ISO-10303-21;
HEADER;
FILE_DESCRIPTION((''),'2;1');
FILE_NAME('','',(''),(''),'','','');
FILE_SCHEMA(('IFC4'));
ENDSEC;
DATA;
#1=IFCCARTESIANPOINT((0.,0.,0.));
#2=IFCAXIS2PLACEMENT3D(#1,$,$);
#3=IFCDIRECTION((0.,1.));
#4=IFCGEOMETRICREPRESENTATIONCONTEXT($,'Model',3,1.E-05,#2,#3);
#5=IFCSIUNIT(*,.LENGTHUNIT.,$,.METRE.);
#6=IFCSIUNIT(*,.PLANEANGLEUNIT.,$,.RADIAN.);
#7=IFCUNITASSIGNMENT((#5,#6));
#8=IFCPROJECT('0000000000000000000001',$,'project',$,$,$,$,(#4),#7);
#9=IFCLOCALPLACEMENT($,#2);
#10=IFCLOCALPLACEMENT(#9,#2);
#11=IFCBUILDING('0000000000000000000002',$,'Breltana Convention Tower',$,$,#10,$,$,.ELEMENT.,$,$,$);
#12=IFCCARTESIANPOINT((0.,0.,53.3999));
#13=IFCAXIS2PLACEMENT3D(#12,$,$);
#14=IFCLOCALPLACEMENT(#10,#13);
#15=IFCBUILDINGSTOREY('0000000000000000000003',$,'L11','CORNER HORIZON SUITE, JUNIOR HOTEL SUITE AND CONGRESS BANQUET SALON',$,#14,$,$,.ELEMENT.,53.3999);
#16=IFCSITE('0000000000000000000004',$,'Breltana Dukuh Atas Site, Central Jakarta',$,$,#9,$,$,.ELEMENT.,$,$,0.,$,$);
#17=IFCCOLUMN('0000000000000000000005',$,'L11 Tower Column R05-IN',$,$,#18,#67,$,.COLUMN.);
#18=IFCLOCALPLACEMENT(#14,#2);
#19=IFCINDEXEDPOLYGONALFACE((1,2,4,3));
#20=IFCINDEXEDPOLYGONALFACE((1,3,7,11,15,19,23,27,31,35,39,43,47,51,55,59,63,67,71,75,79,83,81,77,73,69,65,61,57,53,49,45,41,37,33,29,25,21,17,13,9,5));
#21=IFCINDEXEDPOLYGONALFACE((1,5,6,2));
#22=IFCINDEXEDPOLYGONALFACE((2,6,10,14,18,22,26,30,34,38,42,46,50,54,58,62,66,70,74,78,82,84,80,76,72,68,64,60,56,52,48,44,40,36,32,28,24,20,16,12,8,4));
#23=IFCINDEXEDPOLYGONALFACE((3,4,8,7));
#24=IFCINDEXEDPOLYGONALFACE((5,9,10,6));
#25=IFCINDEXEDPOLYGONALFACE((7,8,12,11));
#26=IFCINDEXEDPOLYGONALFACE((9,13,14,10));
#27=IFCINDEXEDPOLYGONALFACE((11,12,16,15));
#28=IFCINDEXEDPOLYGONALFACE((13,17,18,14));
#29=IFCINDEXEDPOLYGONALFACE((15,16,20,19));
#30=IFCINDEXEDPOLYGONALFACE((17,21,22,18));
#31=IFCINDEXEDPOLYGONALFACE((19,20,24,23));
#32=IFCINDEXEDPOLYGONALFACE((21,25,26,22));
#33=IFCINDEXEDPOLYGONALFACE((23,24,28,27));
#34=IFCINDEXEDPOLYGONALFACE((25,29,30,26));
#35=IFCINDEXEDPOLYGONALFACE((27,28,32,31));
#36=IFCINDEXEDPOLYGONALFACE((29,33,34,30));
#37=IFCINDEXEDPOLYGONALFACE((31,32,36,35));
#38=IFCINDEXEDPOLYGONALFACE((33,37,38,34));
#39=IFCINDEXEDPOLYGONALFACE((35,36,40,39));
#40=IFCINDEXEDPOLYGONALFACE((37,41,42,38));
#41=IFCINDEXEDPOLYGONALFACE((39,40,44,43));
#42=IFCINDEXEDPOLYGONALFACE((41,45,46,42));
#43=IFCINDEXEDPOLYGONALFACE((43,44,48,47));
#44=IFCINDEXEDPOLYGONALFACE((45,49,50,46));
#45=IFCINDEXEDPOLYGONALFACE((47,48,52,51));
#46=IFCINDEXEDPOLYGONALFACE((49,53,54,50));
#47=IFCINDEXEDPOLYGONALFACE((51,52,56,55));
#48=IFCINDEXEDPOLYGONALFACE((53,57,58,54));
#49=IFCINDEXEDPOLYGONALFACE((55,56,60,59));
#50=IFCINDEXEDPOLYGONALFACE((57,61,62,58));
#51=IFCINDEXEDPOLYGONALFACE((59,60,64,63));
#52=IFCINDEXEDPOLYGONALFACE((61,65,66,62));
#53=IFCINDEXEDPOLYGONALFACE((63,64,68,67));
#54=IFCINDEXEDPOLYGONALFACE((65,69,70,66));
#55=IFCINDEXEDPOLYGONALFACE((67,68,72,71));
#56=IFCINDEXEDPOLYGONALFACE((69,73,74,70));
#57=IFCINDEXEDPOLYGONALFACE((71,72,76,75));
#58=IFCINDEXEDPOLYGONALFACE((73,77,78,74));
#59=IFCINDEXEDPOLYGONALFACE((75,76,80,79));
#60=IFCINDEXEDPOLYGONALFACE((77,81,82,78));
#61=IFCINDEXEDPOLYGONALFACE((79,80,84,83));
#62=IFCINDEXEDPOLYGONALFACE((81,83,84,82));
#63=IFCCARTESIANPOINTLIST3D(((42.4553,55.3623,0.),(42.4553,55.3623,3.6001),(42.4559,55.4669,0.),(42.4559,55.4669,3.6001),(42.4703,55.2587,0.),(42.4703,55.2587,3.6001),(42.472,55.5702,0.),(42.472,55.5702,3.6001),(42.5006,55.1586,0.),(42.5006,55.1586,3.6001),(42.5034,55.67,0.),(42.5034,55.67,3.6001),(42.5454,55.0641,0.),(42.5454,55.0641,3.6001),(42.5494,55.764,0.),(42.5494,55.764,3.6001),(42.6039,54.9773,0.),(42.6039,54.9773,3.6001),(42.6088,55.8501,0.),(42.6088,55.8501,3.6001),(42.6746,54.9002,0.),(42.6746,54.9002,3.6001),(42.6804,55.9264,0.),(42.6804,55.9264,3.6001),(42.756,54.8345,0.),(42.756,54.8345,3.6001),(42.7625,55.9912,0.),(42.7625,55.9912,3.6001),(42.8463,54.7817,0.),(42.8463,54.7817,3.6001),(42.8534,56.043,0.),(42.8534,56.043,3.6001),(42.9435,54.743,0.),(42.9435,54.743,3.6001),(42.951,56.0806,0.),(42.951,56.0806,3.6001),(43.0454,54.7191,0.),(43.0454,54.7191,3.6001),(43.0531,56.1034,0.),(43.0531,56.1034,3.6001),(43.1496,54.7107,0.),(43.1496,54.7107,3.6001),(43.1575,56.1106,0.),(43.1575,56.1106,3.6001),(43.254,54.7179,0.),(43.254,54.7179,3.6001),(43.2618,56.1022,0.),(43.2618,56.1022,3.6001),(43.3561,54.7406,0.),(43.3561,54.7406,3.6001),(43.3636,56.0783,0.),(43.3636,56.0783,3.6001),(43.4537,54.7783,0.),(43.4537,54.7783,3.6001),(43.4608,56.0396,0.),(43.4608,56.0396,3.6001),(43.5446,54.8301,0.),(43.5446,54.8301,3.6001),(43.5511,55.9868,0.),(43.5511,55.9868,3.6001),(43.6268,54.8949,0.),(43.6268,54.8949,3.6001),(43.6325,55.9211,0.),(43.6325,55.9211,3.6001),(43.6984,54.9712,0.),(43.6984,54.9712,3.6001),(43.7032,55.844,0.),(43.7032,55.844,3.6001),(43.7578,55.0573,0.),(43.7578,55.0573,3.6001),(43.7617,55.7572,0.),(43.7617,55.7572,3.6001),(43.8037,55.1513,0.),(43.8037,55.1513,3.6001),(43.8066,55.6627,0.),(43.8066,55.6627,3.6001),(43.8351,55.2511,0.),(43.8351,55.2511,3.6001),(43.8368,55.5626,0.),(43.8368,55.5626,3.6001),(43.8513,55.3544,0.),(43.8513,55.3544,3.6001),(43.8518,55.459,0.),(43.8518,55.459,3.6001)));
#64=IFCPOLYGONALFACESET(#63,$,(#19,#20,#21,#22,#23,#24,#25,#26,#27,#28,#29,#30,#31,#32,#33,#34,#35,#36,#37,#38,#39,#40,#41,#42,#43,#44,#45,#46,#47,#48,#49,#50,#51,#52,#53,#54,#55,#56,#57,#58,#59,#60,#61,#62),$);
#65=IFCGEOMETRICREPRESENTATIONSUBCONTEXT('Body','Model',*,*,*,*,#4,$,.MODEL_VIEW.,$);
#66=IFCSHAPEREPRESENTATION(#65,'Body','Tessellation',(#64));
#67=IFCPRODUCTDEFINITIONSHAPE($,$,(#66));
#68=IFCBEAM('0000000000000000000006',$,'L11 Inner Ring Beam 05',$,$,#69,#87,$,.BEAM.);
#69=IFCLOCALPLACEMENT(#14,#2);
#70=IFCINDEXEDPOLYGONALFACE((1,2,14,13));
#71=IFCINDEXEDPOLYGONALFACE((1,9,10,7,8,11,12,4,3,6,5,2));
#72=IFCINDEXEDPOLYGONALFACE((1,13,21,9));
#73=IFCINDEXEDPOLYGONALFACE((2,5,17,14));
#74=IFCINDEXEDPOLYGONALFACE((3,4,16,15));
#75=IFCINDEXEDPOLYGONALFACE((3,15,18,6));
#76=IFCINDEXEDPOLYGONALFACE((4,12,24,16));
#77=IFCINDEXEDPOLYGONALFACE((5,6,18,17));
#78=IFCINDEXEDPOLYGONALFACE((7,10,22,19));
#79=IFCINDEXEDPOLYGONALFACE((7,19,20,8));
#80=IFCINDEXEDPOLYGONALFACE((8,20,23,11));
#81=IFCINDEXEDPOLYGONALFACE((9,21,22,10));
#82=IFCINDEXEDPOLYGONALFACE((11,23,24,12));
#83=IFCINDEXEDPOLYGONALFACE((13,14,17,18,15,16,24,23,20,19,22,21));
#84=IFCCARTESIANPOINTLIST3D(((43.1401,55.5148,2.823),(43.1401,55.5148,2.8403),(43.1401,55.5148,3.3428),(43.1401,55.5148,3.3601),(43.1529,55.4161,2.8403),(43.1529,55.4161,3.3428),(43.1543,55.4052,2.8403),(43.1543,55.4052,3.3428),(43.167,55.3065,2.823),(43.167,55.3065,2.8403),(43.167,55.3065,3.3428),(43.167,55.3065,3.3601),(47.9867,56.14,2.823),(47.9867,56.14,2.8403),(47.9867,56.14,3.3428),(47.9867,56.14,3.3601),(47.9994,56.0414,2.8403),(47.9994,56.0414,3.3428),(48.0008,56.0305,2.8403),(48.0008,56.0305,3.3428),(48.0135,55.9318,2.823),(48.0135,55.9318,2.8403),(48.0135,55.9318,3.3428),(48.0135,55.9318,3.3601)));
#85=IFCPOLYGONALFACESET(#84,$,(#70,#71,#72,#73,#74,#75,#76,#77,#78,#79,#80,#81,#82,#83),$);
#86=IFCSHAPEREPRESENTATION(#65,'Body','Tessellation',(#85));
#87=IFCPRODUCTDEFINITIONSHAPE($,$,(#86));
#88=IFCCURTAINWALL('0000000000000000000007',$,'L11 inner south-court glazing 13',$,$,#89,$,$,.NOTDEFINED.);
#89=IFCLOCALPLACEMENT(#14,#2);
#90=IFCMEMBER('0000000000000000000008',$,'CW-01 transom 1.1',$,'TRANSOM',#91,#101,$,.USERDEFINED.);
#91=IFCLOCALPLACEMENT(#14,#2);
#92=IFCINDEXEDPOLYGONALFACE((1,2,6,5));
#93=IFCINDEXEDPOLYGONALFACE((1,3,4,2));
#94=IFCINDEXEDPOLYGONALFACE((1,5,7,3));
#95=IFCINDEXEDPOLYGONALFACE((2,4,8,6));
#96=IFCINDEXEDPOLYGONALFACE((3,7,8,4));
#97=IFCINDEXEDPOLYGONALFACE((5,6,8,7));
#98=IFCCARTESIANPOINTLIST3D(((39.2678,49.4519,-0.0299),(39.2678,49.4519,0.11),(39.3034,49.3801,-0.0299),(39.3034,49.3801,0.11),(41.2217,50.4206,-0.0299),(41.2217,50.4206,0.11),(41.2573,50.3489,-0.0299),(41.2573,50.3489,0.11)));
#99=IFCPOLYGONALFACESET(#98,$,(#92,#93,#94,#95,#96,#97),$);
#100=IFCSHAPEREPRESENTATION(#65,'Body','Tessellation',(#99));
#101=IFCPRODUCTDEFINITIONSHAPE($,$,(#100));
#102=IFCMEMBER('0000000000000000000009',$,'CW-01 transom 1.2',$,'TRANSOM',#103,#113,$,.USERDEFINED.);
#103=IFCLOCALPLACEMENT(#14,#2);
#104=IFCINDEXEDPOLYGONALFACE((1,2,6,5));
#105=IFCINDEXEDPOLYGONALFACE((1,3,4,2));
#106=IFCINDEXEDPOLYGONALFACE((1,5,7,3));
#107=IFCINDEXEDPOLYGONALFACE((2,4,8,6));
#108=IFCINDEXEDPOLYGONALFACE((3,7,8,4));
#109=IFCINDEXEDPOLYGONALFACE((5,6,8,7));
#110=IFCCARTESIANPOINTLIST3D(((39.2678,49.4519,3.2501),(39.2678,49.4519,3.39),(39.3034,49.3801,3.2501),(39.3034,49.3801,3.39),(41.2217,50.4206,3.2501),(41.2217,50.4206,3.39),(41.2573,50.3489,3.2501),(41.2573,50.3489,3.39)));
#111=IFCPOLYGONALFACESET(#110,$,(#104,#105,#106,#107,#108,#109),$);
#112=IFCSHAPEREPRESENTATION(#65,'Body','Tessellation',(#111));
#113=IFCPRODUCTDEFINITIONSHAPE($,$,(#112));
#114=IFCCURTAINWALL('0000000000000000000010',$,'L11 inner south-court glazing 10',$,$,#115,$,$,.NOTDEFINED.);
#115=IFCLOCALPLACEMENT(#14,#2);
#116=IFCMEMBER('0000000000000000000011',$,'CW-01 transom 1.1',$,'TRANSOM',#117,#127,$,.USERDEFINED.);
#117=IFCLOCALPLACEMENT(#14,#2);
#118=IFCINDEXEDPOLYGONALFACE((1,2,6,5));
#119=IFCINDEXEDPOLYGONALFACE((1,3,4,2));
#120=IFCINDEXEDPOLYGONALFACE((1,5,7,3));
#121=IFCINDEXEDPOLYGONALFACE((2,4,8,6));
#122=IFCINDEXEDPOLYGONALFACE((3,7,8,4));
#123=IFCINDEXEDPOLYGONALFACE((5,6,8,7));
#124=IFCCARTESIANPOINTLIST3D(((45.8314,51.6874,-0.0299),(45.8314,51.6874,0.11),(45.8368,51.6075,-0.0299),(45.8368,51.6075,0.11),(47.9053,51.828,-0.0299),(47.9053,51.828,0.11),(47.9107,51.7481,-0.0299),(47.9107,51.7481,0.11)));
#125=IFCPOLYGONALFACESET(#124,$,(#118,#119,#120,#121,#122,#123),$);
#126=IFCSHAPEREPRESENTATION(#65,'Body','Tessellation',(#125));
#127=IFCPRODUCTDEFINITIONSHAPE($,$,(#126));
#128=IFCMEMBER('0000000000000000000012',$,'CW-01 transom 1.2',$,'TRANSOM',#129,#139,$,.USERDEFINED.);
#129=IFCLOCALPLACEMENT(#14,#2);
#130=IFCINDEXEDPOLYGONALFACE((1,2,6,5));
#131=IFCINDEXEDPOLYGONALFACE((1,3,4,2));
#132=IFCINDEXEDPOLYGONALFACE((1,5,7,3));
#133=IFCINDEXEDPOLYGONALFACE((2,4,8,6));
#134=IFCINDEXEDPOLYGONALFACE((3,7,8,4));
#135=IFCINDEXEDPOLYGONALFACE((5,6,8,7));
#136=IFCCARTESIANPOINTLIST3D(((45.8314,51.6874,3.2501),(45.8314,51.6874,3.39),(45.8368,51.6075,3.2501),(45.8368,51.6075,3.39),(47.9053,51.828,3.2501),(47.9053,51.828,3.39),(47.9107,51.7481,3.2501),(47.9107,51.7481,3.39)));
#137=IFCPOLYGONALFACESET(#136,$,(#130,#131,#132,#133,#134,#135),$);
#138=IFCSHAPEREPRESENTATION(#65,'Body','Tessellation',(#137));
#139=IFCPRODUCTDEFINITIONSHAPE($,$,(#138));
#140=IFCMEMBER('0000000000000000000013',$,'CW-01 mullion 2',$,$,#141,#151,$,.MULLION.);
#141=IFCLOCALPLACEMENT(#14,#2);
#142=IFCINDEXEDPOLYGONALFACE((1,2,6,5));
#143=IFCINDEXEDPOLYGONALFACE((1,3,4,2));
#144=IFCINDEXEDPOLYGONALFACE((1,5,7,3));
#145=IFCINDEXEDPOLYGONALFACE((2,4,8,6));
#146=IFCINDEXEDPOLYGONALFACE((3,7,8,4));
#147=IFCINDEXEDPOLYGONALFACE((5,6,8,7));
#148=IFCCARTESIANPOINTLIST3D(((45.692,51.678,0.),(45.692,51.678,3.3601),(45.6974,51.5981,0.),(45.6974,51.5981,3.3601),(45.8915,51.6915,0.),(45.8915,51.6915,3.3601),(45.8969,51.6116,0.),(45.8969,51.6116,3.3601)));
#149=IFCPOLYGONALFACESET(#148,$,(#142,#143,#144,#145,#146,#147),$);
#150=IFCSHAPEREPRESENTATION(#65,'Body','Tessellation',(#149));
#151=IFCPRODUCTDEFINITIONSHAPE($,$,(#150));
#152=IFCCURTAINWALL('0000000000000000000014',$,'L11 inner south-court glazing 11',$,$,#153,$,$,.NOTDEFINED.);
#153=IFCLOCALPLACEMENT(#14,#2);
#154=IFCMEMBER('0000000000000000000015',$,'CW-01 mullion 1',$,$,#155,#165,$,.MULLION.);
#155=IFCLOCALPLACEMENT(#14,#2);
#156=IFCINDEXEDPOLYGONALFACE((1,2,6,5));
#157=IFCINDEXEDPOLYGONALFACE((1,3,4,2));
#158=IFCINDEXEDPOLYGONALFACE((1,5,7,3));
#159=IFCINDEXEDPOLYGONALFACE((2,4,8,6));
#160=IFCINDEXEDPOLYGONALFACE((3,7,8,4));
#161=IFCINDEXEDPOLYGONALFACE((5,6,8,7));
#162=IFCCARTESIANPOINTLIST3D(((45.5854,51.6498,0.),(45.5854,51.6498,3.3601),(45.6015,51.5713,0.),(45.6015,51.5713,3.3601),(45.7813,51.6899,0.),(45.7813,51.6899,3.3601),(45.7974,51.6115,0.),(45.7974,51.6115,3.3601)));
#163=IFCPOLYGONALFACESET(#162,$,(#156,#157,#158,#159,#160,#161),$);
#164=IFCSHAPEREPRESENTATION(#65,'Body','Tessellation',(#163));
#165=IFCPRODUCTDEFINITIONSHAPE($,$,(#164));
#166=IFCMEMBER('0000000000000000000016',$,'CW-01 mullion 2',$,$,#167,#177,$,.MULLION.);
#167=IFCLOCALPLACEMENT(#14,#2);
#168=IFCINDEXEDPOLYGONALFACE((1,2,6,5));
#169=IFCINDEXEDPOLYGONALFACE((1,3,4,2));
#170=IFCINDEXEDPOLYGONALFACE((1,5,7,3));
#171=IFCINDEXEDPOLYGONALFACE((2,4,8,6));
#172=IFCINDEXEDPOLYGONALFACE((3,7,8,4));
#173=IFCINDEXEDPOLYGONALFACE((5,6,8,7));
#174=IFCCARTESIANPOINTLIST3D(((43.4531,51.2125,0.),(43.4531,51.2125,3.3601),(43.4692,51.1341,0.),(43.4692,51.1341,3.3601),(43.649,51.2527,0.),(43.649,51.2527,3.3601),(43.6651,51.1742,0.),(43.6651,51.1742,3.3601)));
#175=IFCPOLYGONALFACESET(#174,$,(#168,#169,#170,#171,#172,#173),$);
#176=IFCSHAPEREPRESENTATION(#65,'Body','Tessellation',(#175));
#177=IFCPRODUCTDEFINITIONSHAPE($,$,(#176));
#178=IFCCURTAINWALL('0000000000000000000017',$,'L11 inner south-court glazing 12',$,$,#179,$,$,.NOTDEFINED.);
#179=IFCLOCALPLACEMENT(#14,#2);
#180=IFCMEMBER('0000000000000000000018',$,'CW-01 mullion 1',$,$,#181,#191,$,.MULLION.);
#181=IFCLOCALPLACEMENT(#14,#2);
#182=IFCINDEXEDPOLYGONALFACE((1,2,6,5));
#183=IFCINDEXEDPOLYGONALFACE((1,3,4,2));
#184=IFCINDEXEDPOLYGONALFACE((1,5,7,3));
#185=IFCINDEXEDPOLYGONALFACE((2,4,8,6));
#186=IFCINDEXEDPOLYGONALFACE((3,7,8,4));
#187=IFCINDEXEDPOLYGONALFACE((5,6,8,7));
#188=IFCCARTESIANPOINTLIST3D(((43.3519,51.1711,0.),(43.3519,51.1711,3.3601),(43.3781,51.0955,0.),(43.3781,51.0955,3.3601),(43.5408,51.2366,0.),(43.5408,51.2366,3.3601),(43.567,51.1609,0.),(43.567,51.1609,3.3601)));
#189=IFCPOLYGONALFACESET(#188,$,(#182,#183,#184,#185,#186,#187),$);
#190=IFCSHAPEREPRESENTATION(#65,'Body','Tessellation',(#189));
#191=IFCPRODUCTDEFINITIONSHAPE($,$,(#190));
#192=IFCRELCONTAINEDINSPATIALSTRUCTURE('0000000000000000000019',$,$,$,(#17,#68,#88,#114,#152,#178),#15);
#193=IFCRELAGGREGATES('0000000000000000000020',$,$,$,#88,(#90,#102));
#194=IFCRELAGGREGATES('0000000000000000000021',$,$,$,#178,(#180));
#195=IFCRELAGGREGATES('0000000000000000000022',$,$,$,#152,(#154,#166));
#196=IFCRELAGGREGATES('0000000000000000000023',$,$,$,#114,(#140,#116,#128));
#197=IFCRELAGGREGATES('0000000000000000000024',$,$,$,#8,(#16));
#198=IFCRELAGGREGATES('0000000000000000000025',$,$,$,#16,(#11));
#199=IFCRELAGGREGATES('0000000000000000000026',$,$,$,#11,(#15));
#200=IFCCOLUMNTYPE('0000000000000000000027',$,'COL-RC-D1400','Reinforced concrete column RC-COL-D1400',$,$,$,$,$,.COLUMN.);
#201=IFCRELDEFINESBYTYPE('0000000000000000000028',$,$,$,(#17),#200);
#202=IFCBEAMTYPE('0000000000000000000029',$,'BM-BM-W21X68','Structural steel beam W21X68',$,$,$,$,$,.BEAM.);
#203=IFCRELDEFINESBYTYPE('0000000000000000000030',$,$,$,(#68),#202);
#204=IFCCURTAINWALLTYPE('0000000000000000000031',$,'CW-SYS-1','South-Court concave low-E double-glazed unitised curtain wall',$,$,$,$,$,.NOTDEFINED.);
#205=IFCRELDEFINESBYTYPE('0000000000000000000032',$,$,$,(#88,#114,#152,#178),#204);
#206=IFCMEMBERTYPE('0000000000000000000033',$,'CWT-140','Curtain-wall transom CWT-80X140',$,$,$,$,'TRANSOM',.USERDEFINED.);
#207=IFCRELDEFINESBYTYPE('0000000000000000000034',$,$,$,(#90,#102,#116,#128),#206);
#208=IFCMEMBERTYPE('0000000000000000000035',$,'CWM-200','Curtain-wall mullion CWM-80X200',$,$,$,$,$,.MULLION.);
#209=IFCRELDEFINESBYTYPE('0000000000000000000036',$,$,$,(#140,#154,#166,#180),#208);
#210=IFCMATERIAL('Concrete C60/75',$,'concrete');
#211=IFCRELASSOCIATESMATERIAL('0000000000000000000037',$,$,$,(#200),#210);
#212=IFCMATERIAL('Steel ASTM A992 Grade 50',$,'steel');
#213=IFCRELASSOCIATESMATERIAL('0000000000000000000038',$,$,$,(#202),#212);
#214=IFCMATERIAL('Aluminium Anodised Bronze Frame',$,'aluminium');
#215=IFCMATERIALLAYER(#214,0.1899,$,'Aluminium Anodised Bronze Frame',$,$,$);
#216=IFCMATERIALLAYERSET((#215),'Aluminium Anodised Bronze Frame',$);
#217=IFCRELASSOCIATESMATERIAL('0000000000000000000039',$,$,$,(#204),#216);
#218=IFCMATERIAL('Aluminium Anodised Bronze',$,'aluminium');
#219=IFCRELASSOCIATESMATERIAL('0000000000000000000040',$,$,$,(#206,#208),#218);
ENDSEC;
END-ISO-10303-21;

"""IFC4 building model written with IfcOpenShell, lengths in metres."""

from ifc_helpers import new_model, si_unit, direction, frame, origin, origin_2d, place, context, subcontext, project, spatial, rectangle, circle, i_section, extrude, source, transform, mapped, material, layer, layer_set, material_profile, profile_set, type_object, element, aggregate, save


model = new_model("IFC4")

# Units and contexts
model_context = context("Model", 3, precision=1e-05, world=origin(), true_north=direction((0.0, 1.0)))
body_context = subcontext(model_context, "Body", "Model", "MODEL_VIEW")
ifc_project = project(units=[si_unit("LENGTHUNIT", "METRE"), si_unit("PLANEANGLEUNIT", "RADIAN")], contexts=[model_context])

# Site, building, storey
site_placement = place(None, origin())
site = spatial("IfcSite", under=ifc_project, at=site_placement, Name="Breltana Dukuh Atas Site, Central Jakarta", CompositionType="ELEMENT", RefElevation=0.0)
building_placement = place(site_placement, origin())
building = spatial("IfcBuilding", under=site, at=building_placement, Name="Breltana Convention Tower", CompositionType="ELEMENT")
storey_placement = place(building_placement, frame((0.0, 0.0, 53.3999)))
storey = spatial("IfcBuildingStorey", under=building, at=storey_placement, Name="L11", Description="CORNER HORIZON SUITE, JUNIOR HOTEL SUITE AND CONGRESS BANQUET SALON", CompositionType="ELEMENT", Elevation=53.3999)

# Column
ifc_material_1 = material(Name="Concrete C60/75", Category="concrete")
ifc_material_profile_1 = material_profile(ifc_material_1, circle(Radius=0.7, at=origin_2d()), Name="RC-COL-D1400")
ifc_profile_set_1 = profile_set([ifc_material_profile_1], Name="Concrete C60/75")
column_type = type_object("IfcColumnType", Name="COL-RC-D1400", Description="Reinforced concrete column RC-COL-D1400", PredefinedType="COLUMN", material=ifc_profile_set_1)
shared_shape_1 = source(origin(), body_context, "Body", "SweptSolid", [
    extrude(circle(Radius=0.7, at=origin_2d()), origin(), (0.0, 0.0, 1.0), 3.6001),
])
column_placement = place(storey_placement, frame((43.1536, 55.4106, 0.0), z_axis=(0.0, 0.0, 1.0), x_axis=(-0.143493, 0.989651, 0.0)))
element("IfcColumn", 1, at=column_placement, inside=storey, type_object=column_type, Name="L11 Tower Column R05-IN", PredefinedType="COLUMN", context=body_context, shape_type="MappedRepresentation", body=[
    mapped(shared_shape_1, transform((0.0, 0.0, 0.0), scale=1.0)),
])

# Beam
ifc_material_2 = material(Name="Steel ASTM A992 Grade 50", Category="steel")
ifc_material_profile_2 = material_profile(ifc_material_2, i_section(OverallWidth=0.21, OverallDepth=0.5371, WebThickness=0.011, FlangeThickness=0.0173, at=origin_2d()), Name="W21X68")
ifc_profile_set_2 = profile_set([ifc_material_profile_2], Name="Steel ASTM A992 Grade 50")
beam_type = type_object("IfcBeamType", Name="BM-BM-W21X68", Description="Structural steel beam W21X68", PredefinedType="BEAM", material=ifc_profile_set_2)
shared_shape_2 = source(origin(), body_context, "Body", "SweptSolid", [
    extrude(i_section(OverallWidth=0.21, OverallDepth=0.5371, WebThickness=0.011, FlangeThickness=0.0173, at=origin_2d()), origin(), (0.0, 0.0, 1.0), 4.8867),
])
beam_placement = place(storey_placement, frame((43.1536, 55.4106, 3.0916), z_axis=(0.991781, 0.127951, 0.0), x_axis=(-0.127951, 0.991781, 0.0)))
element("IfcBeam", 2, at=beam_placement, inside=storey, type_object=beam_type, Name="L11 Inner Ring Beam 05", PredefinedType="BEAM", context=body_context, shape_type="MappedRepresentation", body=[
    mapped(shared_shape_2, transform((0.0, 0.0, 0.0), scale=1.0)),
])

# Curtain walls, members
ifc_material_3 = material(Name="Aluminium Anodised Bronze Frame", Category="aluminium")
ifc_layer_1 = layer(ifc_material_3, 0.1899, Name="Aluminium Anodised Bronze Frame")
ifc_layer_set_1 = layer_set([ifc_layer_1], Name="Aluminium Anodised Bronze Frame")
curtain_wall_type = type_object("IfcCurtainWallType", Name="CW-SYS-1", Description="South-Court concave low-E double-glazed unitised curtain wall", PredefinedType="NOTDEFINED", material=ifc_layer_set_1)
curtain_wall_1_placement = place(storey_placement, origin())
curtain_wall_1 = element("IfcCurtainWall", 3, at=curtain_wall_1_placement, inside=storey, type_object=curtain_wall_type, Name="L11 inner south-court glazing 13", PredefinedType="NOTDEFINED")
ifc_material_4 = material(Name="Aluminium Anodised Bronze", Category="aluminium")
ifc_material_profile_3 = material_profile(ifc_material_4, rectangle(XDim=0.0801, YDim=0.1399, at=origin_2d()), Name="CWT-80X140")
ifc_profile_set_3 = profile_set([ifc_material_profile_3], Name="Aluminium Anodised Bronze")
member_type_1 = type_object("IfcMemberType", Name="CWT-140", Description="Curtain-wall transom CWT-80X140", ElementType="TRANSOM", PredefinedType="USERDEFINED", material=ifc_profile_set_3)
shared_shape_3 = source(origin(), body_context, "Body", "SweptSolid", [
    extrude(rectangle(XDim=0.0801, YDim=0.1399, at=origin_2d()), origin(), (0.0, 0.0, 1.0), 2.1809),
])
member_1_placement = place(storey_placement, frame((41.2395, 50.3848, 0.04), z_axis=(-0.895922, -0.444211, 0.0), x_axis=(0.444211, -0.895922, 0.0)))
member_1 = element("IfcMember", 4, at=member_1_placement, type_object=member_type_1, Name="CW-01 transom 1.1", ObjectType="TRANSOM", PredefinedType="USERDEFINED", context=body_context, shape_type="MappedRepresentation", body=[
    mapped(shared_shape_3, transform((0.0, 0.0, 0.0), scale=1.0)),
])
member_2_placement = place(storey_placement, frame((41.2395, 50.3848, 3.3201), z_axis=(-0.895922, -0.444211, 0.0), x_axis=(0.444211, -0.895922, 0.0)))
member_2 = element("IfcMember", 5, at=member_2_placement, type_object=member_type_1, Name="CW-01 transom 1.2", ObjectType="TRANSOM", PredefinedType="USERDEFINED", context=body_context, shape_type="MappedRepresentation", body=[
    mapped(shared_shape_3, transform((0.0, 0.0, 0.0), scale=1.0)),
])
curtain_wall_2_placement = place(storey_placement, origin())
curtain_wall_2 = element("IfcCurtainWall", 6, at=curtain_wall_2_placement, inside=storey, type_object=curtain_wall_type, Name="L11 inner south-court glazing 10", PredefinedType="NOTDEFINED")
shared_shape_4 = source(origin(), body_context, "Body", "SweptSolid", [
    extrude(rectangle(XDim=0.0801, YDim=0.1399, at=origin_2d()), origin(), (0.0, 0.0, 1.0), 2.0786),
])
member_3_placement = place(storey_placement, frame((47.908, 51.7881, 0.04), z_axis=(-0.997709, -0.067657, 0.0), x_axis=(0.067657, -0.997709, 0.0)))
member_3 = element("IfcMember", 7, at=member_3_placement, type_object=member_type_1, Name="CW-01 transom 1.1", ObjectType="TRANSOM", PredefinedType="USERDEFINED", context=body_context, shape_type="MappedRepresentation", body=[
    mapped(shared_shape_4, transform((0.0, 0.0, 0.0), scale=1.0)),
])
member_4_placement = place(storey_placement, frame((47.908, 51.7881, 3.3201), z_axis=(-0.997709, -0.067657, 0.0), x_axis=(0.067657, -0.997709, 0.0)))
member_4 = element("IfcMember", 8, at=member_4_placement, type_object=member_type_1, Name="CW-01 transom 1.2", ObjectType="TRANSOM", PredefinedType="USERDEFINED", context=body_context, shape_type="MappedRepresentation", body=[
    mapped(shared_shape_4, transform((0.0, 0.0, 0.0), scale=1.0)),
])
ifc_material_profile_4 = material_profile(ifc_material_4, rectangle(XDim=0.0801, YDim=0.2, at=origin_2d()), Name="CWM-80X200")
ifc_profile_set_4 = profile_set([ifc_material_profile_4], Name="Aluminium Anodised Bronze")
member_type_2 = type_object("IfcMemberType", Name="CWM-200", Description="Curtain-wall mullion CWM-80X200", PredefinedType="MULLION", material=ifc_profile_set_4)
shared_shape_5 = source(origin(), body_context, "Body", "SweptSolid", [
    extrude(rectangle(XDim=0.0801, YDim=0.2, at=origin_2d()), origin(), (0.0, 0.0, 1.0), 3.3601),
])
member_5_placement = place(storey_placement, frame((45.7944, 51.6448, 0.0), z_axis=(0.0, 0.0, 1.0), x_axis=(0.067726, -0.997704, 0.0)))
member_5 = element("IfcMember", 9, at=member_5_placement, type_object=member_type_2, Name="CW-01 mullion 2", PredefinedType="MULLION", context=body_context, shape_type="MappedRepresentation", body=[
    mapped(shared_shape_5, transform((0.0, 0.0, 0.0), scale=1.0)),
])
curtain_wall_3_placement = place(storey_placement, origin())
curtain_wall_3 = element("IfcCurtainWall", 10, at=curtain_wall_3_placement, inside=storey, type_object=curtain_wall_type, Name="L11 inner south-court glazing 11", PredefinedType="NOTDEFINED")
member_6_placement = place(storey_placement, frame((45.6914, 51.6306, 0.0), z_axis=(0.0, 0.0, 1.0), x_axis=(0.200886, -0.979615, 0.0)))
member_6 = element("IfcMember", 11, at=member_6_placement, type_object=member_type_2, Name="CW-01 mullion 1", PredefinedType="MULLION", context=body_context, shape_type="MappedRepresentation", body=[
    mapped(shared_shape_5, transform((0.0, 0.0, 0.0), scale=1.0)),
])
member_7_placement = place(storey_placement, frame((43.5591, 51.1934, 0.0), z_axis=(0.0, 0.0, 1.0), x_axis=(0.200886, -0.979615, 0.0)))
member_7 = element("IfcMember", 12, at=member_7_placement, type_object=member_type_2, Name="CW-01 mullion 2", PredefinedType="MULLION", context=body_context, shape_type="MappedRepresentation", body=[
    mapped(shared_shape_5, transform((0.0, 0.0, 0.0), scale=1.0)),
])
curtain_wall_4_placement = place(storey_placement, origin())
curtain_wall_4 = element("IfcCurtainWall", 13, at=curtain_wall_4_placement, inside=storey, type_object=curtain_wall_type, Name="L11 inner south-court glazing 12", PredefinedType="NOTDEFINED")
member_8_placement = place(storey_placement, frame((43.4595, 51.166, 0.0), z_axis=(0.0, 0.0, 1.0), x_axis=(0.327413, -0.944881, 0.0)))
member_8 = element("IfcMember", 14, at=member_8_placement, type_object=member_type_2, Name="CW-01 mullion 1", PredefinedType="MULLION", context=body_context, shape_type="MappedRepresentation", body=[
    mapped(shared_shape_5, transform((0.0, 0.0, 0.0), scale=1.0)),
])

aggregate(curtain_wall_1, [member_1, member_2])
aggregate(curtain_wall_4, [member_8])
aggregate(curtain_wall_3, [member_6, member_7])
aggregate(curtain_wall_2, [member_5, member_3, member_4])

save(model, "model.ifc")
